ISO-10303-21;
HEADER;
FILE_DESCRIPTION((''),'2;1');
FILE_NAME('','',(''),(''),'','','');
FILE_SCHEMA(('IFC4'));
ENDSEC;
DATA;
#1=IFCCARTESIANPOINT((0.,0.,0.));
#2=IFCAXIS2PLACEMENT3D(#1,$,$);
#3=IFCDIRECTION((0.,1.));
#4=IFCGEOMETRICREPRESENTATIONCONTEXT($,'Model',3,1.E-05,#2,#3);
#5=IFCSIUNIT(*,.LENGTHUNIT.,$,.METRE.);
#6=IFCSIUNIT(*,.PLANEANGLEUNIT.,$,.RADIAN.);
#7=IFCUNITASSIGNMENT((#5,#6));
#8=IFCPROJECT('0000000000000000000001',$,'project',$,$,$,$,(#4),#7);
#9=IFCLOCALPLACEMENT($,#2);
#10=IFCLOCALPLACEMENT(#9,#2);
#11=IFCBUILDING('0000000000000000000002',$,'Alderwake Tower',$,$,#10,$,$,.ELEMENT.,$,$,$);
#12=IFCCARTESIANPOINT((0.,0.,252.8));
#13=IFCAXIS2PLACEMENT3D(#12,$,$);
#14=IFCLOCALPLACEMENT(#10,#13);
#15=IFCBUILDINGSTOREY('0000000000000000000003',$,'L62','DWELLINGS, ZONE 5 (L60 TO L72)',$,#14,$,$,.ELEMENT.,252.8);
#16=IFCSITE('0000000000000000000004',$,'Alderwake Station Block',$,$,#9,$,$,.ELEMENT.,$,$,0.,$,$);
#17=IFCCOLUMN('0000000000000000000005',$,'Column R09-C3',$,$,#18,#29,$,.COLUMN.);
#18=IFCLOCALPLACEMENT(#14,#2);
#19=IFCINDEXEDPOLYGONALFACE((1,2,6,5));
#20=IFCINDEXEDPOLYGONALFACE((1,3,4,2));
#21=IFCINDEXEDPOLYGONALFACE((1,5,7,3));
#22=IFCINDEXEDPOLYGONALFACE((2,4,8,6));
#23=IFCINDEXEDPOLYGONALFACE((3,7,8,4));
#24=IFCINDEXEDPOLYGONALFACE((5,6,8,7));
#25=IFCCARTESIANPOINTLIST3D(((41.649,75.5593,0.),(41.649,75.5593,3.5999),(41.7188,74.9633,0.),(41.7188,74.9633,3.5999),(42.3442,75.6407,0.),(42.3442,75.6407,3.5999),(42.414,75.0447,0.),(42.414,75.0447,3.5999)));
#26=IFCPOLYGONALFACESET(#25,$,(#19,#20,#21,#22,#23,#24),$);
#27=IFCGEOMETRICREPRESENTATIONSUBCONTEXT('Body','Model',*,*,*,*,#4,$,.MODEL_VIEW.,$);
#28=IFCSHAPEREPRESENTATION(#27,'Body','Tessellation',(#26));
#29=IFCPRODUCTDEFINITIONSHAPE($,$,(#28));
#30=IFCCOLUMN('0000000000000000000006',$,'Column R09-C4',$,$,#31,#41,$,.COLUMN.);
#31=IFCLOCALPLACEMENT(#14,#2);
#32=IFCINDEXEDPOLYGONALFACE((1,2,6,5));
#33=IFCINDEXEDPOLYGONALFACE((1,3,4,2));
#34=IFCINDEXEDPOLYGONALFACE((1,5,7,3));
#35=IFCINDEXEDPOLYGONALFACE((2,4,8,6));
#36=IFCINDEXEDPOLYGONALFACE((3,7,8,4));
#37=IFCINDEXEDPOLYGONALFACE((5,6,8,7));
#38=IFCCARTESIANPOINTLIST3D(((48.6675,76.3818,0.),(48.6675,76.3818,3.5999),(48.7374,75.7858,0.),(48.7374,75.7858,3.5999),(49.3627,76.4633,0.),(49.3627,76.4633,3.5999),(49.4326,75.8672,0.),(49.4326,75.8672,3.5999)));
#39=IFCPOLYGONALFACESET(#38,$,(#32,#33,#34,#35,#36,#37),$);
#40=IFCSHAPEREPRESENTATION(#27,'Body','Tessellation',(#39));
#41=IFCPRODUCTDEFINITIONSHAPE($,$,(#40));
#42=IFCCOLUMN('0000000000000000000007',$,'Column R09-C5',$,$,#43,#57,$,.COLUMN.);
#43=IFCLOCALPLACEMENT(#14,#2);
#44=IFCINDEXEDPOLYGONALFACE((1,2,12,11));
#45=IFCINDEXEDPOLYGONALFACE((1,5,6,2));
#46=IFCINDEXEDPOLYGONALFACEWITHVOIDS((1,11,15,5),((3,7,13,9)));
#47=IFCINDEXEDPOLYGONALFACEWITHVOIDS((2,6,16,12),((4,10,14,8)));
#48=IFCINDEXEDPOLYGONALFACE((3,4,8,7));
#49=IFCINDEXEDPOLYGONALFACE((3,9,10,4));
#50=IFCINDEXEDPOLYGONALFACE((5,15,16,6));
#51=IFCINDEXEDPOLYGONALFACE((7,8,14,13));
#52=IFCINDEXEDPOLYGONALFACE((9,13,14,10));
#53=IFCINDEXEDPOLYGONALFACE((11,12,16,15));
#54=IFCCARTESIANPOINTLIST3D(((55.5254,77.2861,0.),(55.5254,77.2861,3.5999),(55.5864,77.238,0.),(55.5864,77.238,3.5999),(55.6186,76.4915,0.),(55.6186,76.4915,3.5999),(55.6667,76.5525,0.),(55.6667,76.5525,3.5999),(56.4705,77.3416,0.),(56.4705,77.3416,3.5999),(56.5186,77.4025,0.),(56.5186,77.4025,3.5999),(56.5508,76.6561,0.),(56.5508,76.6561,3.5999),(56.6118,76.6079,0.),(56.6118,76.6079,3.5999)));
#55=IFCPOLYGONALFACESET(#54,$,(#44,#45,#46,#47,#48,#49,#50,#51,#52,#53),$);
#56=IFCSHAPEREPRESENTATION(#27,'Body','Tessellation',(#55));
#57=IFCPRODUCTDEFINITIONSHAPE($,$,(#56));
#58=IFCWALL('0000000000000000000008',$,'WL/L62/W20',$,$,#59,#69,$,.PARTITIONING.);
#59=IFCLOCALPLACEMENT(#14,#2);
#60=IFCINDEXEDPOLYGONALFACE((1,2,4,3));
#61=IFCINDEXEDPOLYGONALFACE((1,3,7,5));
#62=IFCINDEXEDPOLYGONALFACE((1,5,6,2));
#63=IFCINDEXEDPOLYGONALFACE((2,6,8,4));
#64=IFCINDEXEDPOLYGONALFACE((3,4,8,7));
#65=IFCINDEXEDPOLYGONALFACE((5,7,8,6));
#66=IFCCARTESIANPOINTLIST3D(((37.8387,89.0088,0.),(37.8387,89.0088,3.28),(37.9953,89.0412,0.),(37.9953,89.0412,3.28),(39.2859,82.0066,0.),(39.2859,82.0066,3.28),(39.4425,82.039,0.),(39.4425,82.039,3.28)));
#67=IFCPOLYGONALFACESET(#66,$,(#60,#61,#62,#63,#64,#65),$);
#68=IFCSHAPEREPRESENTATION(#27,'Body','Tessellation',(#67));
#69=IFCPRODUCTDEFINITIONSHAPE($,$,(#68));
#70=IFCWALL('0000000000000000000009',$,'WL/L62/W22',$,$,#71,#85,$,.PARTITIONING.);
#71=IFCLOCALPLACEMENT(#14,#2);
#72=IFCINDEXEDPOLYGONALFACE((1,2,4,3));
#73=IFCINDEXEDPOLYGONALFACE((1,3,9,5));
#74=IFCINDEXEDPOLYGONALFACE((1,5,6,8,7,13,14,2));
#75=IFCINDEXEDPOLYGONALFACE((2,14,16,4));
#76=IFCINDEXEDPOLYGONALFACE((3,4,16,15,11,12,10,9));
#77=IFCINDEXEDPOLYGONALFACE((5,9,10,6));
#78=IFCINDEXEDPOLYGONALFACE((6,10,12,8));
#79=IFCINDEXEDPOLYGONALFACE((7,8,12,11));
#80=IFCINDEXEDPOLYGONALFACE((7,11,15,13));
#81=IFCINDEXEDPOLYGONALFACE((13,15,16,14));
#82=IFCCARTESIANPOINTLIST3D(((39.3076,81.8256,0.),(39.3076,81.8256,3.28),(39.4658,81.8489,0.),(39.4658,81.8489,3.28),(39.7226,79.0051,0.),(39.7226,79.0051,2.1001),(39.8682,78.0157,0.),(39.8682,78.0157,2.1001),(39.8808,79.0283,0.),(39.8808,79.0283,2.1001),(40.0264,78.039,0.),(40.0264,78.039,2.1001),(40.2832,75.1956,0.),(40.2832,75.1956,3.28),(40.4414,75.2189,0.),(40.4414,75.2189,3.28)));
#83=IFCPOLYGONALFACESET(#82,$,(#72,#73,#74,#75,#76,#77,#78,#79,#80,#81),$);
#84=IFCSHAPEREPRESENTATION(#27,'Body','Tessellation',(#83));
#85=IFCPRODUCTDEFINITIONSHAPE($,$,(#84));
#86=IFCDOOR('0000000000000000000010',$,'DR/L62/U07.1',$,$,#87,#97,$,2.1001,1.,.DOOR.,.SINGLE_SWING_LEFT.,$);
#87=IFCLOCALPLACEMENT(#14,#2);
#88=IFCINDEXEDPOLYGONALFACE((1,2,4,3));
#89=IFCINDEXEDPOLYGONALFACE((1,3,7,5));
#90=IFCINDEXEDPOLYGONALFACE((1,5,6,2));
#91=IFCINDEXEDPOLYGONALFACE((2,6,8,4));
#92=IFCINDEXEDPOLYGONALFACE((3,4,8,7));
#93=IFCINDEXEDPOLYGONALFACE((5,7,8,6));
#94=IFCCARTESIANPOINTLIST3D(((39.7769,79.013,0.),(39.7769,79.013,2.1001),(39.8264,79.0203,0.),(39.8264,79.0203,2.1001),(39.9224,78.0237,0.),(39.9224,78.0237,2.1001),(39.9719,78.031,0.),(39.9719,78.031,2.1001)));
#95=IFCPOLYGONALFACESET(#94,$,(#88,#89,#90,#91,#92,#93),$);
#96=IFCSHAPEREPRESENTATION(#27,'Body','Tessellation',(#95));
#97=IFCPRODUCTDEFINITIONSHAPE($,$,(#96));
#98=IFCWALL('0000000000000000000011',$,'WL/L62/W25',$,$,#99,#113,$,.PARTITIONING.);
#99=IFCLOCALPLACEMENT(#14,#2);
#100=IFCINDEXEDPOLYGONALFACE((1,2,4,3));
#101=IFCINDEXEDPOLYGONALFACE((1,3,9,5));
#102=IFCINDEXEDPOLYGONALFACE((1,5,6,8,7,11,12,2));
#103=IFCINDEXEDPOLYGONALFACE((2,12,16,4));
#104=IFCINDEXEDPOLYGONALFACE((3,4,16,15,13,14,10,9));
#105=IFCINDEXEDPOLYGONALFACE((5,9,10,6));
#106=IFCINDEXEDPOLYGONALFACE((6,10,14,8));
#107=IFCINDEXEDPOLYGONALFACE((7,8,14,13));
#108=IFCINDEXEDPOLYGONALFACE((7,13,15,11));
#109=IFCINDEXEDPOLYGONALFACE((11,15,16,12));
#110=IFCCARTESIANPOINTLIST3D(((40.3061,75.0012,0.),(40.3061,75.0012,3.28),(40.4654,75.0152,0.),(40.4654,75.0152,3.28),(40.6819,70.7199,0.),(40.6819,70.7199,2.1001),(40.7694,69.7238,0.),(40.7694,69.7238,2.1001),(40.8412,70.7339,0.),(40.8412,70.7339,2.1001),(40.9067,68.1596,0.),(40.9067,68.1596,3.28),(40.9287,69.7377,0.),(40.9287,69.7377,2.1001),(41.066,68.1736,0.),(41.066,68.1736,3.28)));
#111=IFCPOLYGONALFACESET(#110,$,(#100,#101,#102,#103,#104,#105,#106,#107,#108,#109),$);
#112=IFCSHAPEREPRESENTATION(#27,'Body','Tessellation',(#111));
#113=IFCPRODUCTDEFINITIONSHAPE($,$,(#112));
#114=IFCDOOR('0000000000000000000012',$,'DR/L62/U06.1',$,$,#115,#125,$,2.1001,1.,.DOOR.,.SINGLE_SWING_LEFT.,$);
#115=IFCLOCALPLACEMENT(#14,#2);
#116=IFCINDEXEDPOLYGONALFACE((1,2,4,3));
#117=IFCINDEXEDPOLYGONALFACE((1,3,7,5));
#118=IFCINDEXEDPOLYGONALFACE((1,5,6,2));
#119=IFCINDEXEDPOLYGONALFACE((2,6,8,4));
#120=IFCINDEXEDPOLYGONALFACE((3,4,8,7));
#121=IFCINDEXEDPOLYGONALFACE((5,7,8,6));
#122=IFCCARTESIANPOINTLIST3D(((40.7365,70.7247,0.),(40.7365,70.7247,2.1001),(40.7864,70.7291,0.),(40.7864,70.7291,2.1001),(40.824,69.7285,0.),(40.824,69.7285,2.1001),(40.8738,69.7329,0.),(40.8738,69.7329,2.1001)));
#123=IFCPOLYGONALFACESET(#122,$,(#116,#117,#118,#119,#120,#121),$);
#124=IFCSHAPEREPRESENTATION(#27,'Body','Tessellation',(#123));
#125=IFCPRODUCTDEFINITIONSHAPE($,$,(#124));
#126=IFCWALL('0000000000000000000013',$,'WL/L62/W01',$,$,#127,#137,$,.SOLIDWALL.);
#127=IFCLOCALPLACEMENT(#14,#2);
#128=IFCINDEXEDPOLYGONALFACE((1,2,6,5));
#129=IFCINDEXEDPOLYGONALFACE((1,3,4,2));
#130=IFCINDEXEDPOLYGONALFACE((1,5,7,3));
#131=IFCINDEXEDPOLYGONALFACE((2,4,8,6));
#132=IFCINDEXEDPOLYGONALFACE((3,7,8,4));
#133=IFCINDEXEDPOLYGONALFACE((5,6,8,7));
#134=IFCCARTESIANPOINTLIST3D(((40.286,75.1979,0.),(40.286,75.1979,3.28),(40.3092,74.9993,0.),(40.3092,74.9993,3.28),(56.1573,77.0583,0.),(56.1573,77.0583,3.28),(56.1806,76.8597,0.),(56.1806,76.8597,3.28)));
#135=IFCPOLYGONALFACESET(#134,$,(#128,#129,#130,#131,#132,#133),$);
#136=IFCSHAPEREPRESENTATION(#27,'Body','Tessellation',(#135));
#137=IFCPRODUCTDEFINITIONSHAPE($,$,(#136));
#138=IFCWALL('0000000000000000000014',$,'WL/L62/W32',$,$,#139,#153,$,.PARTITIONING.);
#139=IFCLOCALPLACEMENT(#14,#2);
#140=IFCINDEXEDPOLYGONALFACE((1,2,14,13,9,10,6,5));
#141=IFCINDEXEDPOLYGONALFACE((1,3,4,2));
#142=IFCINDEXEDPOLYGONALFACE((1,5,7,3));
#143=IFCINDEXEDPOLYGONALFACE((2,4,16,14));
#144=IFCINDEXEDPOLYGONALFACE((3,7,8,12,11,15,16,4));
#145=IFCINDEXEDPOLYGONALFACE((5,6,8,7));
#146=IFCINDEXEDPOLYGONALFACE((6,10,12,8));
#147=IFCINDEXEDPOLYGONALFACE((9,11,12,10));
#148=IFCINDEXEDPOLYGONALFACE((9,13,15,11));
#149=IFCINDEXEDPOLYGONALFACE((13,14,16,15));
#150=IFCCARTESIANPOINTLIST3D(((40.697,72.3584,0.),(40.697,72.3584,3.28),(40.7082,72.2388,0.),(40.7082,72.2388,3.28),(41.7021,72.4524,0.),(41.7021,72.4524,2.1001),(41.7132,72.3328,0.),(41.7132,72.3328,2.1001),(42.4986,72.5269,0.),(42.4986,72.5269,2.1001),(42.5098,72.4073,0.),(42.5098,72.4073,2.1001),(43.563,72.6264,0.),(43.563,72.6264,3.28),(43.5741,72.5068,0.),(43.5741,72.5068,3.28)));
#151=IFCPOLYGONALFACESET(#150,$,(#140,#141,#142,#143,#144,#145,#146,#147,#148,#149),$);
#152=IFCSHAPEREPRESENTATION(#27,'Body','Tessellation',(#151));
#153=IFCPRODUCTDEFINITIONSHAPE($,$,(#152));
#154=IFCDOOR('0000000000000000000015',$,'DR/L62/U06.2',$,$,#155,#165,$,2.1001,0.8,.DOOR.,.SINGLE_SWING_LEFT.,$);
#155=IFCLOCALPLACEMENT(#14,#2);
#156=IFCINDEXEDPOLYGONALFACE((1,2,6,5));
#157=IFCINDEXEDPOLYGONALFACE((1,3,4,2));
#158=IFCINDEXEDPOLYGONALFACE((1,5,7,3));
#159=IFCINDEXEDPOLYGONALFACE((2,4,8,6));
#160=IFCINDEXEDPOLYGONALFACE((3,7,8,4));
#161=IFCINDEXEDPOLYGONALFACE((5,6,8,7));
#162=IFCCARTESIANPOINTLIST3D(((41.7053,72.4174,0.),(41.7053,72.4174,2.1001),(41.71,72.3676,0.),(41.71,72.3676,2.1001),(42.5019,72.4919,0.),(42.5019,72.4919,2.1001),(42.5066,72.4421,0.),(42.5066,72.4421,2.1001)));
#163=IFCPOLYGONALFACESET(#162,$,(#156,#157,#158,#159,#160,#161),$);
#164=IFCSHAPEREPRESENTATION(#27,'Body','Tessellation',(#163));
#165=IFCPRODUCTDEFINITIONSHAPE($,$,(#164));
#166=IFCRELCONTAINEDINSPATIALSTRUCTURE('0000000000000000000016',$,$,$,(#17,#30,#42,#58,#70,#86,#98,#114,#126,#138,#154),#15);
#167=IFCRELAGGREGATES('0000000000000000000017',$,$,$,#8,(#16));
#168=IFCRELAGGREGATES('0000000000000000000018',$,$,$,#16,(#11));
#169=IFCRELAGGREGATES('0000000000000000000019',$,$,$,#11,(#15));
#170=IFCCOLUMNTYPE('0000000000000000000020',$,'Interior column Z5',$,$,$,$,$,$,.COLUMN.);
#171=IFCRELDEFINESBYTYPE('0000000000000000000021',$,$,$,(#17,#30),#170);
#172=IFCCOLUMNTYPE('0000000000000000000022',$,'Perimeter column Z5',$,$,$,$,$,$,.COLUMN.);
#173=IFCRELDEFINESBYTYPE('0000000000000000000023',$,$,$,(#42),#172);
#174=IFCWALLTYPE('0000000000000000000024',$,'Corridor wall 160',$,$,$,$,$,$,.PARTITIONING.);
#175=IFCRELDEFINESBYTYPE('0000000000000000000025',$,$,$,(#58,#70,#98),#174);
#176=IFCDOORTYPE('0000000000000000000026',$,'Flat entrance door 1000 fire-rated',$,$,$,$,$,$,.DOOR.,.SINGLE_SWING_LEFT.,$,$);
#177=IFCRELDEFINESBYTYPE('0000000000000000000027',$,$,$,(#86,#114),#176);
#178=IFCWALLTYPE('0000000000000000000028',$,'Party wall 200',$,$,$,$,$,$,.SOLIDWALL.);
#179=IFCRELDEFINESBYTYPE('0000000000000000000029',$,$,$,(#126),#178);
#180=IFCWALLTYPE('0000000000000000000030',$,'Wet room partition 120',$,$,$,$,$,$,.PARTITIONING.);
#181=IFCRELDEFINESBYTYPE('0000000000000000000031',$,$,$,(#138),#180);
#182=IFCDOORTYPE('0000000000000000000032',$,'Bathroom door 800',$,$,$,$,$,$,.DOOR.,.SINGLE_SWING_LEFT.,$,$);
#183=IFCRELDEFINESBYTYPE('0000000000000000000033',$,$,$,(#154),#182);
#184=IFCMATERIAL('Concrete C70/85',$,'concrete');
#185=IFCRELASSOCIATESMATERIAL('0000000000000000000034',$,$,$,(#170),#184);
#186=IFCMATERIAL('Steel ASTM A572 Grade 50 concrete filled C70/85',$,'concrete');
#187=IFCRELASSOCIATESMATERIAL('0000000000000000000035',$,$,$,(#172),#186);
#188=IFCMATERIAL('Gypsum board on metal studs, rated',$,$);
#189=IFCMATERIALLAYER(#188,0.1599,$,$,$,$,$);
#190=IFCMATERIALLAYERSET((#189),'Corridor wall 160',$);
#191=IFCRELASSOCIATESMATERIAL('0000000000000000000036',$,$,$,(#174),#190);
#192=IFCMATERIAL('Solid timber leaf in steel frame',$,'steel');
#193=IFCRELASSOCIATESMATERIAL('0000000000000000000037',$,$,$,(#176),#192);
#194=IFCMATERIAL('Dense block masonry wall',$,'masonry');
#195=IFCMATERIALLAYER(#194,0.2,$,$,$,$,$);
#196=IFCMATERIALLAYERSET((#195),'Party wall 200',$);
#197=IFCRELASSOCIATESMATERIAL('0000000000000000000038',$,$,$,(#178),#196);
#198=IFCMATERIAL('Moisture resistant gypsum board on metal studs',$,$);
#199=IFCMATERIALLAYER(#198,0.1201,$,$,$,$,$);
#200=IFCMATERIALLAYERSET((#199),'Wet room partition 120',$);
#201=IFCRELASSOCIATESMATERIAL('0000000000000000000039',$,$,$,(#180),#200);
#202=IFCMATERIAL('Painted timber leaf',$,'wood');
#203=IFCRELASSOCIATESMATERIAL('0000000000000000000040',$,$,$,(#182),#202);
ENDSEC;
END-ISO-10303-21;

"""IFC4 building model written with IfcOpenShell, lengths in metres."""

from ifc_helpers import new_model, si_unit, direction, frame, frame_2d, origin, origin_2d, place, context, subcontext, project, spatial, rectangle, hollow_rectangle, extrude, material, layer, layer_set, material_profile, profile_set, type_object, element, fill, save


model = new_model("IFC4")

# Units and contexts
model_context = context("Model", 3, precision=1e-05, world=origin(), true_north=direction((0.0, 1.0)))
body_context = subcontext(model_context, "Body", "Model", "MODEL_VIEW")
ifc_project = project(units=[si_unit("LENGTHUNIT", "METRE"), si_unit("PLANEANGLEUNIT", "RADIAN")], contexts=[model_context])

# Site, building, storey
site_placement = place(None, origin())
site = spatial("IfcSite", under=ifc_project, at=site_placement, Name="Alderwake Station Block", CompositionType="ELEMENT", RefElevation=0.0)
building_placement = place(site_placement, origin())
building = spatial("IfcBuilding", under=site, at=building_placement, Name="Alderwake Tower", CompositionType="ELEMENT")
storey_placement = place(building_placement, frame((0.0, 0.0, 252.8)))
storey = spatial("IfcBuildingStorey", under=building, at=storey_placement, Name="L62", Description="DWELLINGS, ZONE 5 (L60 TO L72)", CompositionType="ELEMENT", Elevation=252.8)

# Columns
ifc_material_1 = material(Name="Concrete C70/85", Category="concrete")
ifc_material_profile_1 = material_profile(ifc_material_1, rectangle(XDim=0.6001, YDim=0.7, at=origin_2d()), Name="RC 700X600")
ifc_profile_set_1 = profile_set([ifc_material_profile_1], Name="Concrete C70/85")
column_type_1 = type_object("IfcColumnType", Name="Interior column Z5", PredefinedType="COLUMN", material=ifc_profile_set_1)
for number, where, z_axis, x_axis, name in (
    (1, (42.0315, 75.302, 0.0), (0.0, 0.0, 1.0), (-0.116402, 0.993202, 0.0), "Column R09-C3"),
    (2, (49.05, 76.1245, 0.0), (0.0, 0.0, 1.0), (-0.116402, 0.993202, 0.0), "Column R09-C4"),
):
    element("IfcColumn", number, at=place(storey_placement, frame(where, z_axis=z_axis, x_axis=x_axis)), inside=storey, type_object=column_type_1, Name=name, PredefinedType="COLUMN", context=body_context, shape_type="SweptSolid", body=[
        extrude(rectangle(XDim=0.6001, YDim=0.7, at=origin_2d()), origin(), (0.0, 0.0, 1.0), 3.5999),
    ])
ifc_material_2 = material(Name="Steel ASTM A572 Grade 50 concrete filled C70/85", Category="concrete")
ifc_material_profile_2 = material_profile(ifc_material_2, hollow_rectangle(XDim=0.8, YDim=1.0, WallThickness=0.0549, at=origin_2d()), Name="BOX 1000X800X55")
ifc_profile_set_2 = profile_set([ifc_material_profile_2], Name="Steel ASTM A572 Grade 50 concrete filled C70/85")
column_type_2 = type_object("IfcColumnType", Name="Perimeter column Z5", PredefinedType="COLUMN", material=ifc_profile_set_2)
column_placement = place(storey_placement, frame((56.0686, 76.947, 0.0), z_axis=(0.0, 0.0, 1.0), x_axis=(-0.116402, 0.993202, 0.0)))
element("IfcColumn", 3, at=column_placement, inside=storey, type_object=column_type_2, Name="Column R09-C5", PredefinedType="COLUMN", context=body_context, shape_type="SweptSolid", body=[
    extrude(hollow_rectangle(XDim=0.8, YDim=1.0, WallThickness=0.0549, at=origin_2d()), origin(), (0.0, 0.0, 1.0), 3.5999),
])

# Wall
ifc_material_3 = material(Name="Gypsum board on metal studs, rated")
ifc_layer_1 = layer(ifc_material_3, 0.1599)
ifc_layer_set_1 = layer_set([ifc_layer_1], Name="Corridor wall 160")
wall_type_1 = type_object("IfcWallType", Name="Corridor wall 160", PredefinedType="PARTITIONING", material=ifc_layer_set_1)
wall_1_placement = place(storey_placement, frame((39.3643, 82.0227, 0.0), z_axis=(0.0, 0.0, 1.0), x_axis=(-0.202409, 0.979301, 0.0)))
element("IfcWall", 4, at=wall_1_placement, inside=storey, type_object=wall_type_1, Name="WL/L62/W20", PredefinedType="PARTITIONING", context=body_context, shape_type="SweptSolid", body=[
    extrude(rectangle(XDim=7.1501, YDim=0.1599, at=frame_2d((3.5752, 0.0))), origin(), (0.0, 0.0, 1.0), 3.28),
])

# Walls, openings, doors
wall_2_placement = place(storey_placement, frame((39.3867, 81.8372, 0.0), z_axis=(0.0, 0.0, 1.0), x_axis=(0.145577, -0.989347, 0.0)))
wall_2 = element("IfcWall", 5, at=wall_2_placement, inside=storey, type_object=wall_type_1, Name="WL/L62/W22", PredefinedType="PARTITIONING", context=body_context, shape_type="SweptSolid", body=[
    extrude(rectangle(XDim=6.7014, YDim=0.1599, at=frame_2d((3.3506, 0.0))), origin(), (0.0, 0.0, 1.0), 3.28),
])
opening_1_placement = place(wall_2_placement, frame((2.8508, 0.0, 0.0)))
opening_1 = element("IfcOpeningElement", 6, at=opening_1_placement, cuts=wall_2, PredefinedType="OPENING", context=body_context, shape_type="SweptSolid", body=[
    extrude(rectangle(XDim=1.0, YDim=2.1001, at=frame_2d((0.5, 1.05))), frame((0.0, 0.0898, 0.0), z_axis=(0.0, -1.0, 0.0), x_axis=(1.0, 0.0, 0.0)), (0.0, 0.0, 1.0), 0.1799),
])
ifc_material_4 = material(Name="Solid timber leaf in steel frame", Category="steel")
door_type_1 = type_object("IfcDoorType", Name="Flat entrance door 1000 fire-rated", OperationType="SINGLE_SWING_LEFT", PredefinedType="DOOR", material=ifc_material_4)
door_1_placement = place(opening_1_placement, origin())
door_1 = element("IfcDoor", 7, at=door_1_placement, inside=storey, type_object=door_type_1, Name="DR/L62/U07.1", OperationType="SINGLE_SWING_LEFT", OverallHeight=2.1001, OverallWidth=1.0, PredefinedType="DOOR", context=body_context, shape_type="SweptSolid", body=[
    extrude(rectangle(XDim=1.0, YDim=2.1001, at=frame_2d((0.5, 1.05))), frame((0.0, 0.0249, 0.0), z_axis=(0.0, -1.0, 0.0), x_axis=(1.0, 0.0, 0.0)), (0.0, 0.0, 1.0), 0.05),
])
fill(opening_1, door_1)
wall_3_placement = place(storey_placement, frame((40.3857, 75.0083, 0.0), z_axis=(0.0, 0.0, 1.0), x_axis=(0.087449, -0.996169, 0.0)))
wall_3 = element("IfcWall", 8, at=wall_3_placement, inside=storey, type_object=wall_type_1, Name="WL/L62/W25", PredefinedType="PARTITIONING", context=body_context, shape_type="SweptSolid", body=[
    extrude(rectangle(XDim=6.8679, YDim=0.1599, at=frame_2d((3.4341, 0.0))), origin(), (0.0, 0.0, 1.0), 3.28),
])
opening_2_placement = place(wall_3_placement, frame((4.2979, 0.0, 0.0)))
opening_2 = element("IfcOpeningElement", 9, at=opening_2_placement, cuts=wall_3, PredefinedType="OPENING", context=body_context, shape_type="SweptSolid", body=[
    extrude(rectangle(XDim=1.0, YDim=2.1001, at=frame_2d((0.5, 1.05))), frame((0.0, 0.0898, 0.0), z_axis=(0.0, -1.0, 0.0), x_axis=(1.0, 0.0, 0.0)), (0.0, 0.0, 1.0), 0.1799),
])
door_2_placement = place(opening_2_placement, origin())
door_2 = element("IfcDoor", 10, at=door_2_placement, inside=storey, type_object=door_type_1, Name="DR/L62/U06.1", OperationType="SINGLE_SWING_LEFT", OverallHeight=2.1001, OverallWidth=1.0, PredefinedType="DOOR", context=body_context, shape_type="SweptSolid", body=[
    extrude(rectangle(XDim=1.0, YDim=2.1001, at=frame_2d((0.5, 1.05))), frame((0.0, 0.0249, 0.0), z_axis=(0.0, -1.0, 0.0), x_axis=(1.0, 0.0, 0.0)), (0.0, 0.0, 1.0), 0.05),
])
fill(opening_2, door_2)

# Wall
ifc_material_5 = material(Name="Dense block masonry wall", Category="masonry")
ifc_layer_2 = layer(ifc_material_5, 0.2)
ifc_layer_set_2 = layer_set([ifc_layer_2], Name="Party wall 200")
wall_type_2 = type_object("IfcWallType", Name="Party wall 200", PredefinedType="SOLIDWALL", material=ifc_layer_set_2)
wall_4_placement = place(storey_placement, frame((40.2976, 75.0986, 0.0), z_axis=(0.0, 0.0, 1.0), x_axis=(0.9932, 0.116418, 0.0)))
element("IfcWall", 11, at=wall_4_placement, inside=storey, type_object=wall_type_2, Name="WL/L62/W01", PredefinedType="SOLIDWALL", context=body_context, shape_type="SweptSolid", body=[
    extrude(rectangle(XDim=15.98, YDim=0.2, at=frame_2d((7.99, 0.0))), origin(), (0.0, 0.0, 1.0), 3.28),
])

# Wall, opening, door
ifc_material_6 = material(Name="Moisture resistant gypsum board on metal studs")
ifc_layer_3 = layer(ifc_material_6, 0.1201)
ifc_layer_set_3 = layer_set([ifc_layer_3], Name="Wet room partition 120")
wall_type_3 = type_object("IfcWallType", Name="Wet room partition 120", PredefinedType="PARTITIONING", material=ifc_layer_set_3)
wall_5_placement = place(storey_placement, frame((40.7026, 72.2986, 0.0), z_axis=(0.0, 0.0, 1.0), x_axis=(0.995654, 0.093128, 0.0)))
wall_5 = element("IfcWall", 12, at=wall_5_placement, inside=storey, type_object=wall_type_3, Name="WL/L62/W32", PredefinedType="PARTITIONING", context=body_context, shape_type="SweptSolid", body=[
    extrude(rectangle(XDim=2.8784, YDim=0.1201, at=frame_2d((1.4392, 0.0))), origin(), (0.0, 0.0, 1.0), 3.28),
])
opening_3_placement = place(wall_5_placement, frame((1.0095, 0.0, 0.0)))
opening_3 = element("IfcOpeningElement", 13, at=opening_3_placement, cuts=wall_5, PredefinedType="OPENING", context=body_context, shape_type="SweptSolid", body=[
    extrude(rectangle(XDim=0.8, YDim=2.1001, at=frame_2d((0.3999, 1.05))), frame((0.0, 0.0701, 0.0), z_axis=(0.0, -1.0, 0.0), x_axis=(1.0, 0.0, 0.0)), (0.0, 0.0, 1.0), 0.1401),
])
ifc_material_7 = material(Name="Painted timber leaf", Category="wood")
door_type_2 = type_object("IfcDoorType", Name="Bathroom door 800", OperationType="SINGLE_SWING_LEFT", PredefinedType="DOOR", material=ifc_material_7)
door_3_placement = place(opening_3_placement, origin())
door_3 = element("IfcDoor", 14, at=door_3_placement, inside=storey, type_object=door_type_2, Name="DR/L62/U06.2", OperationType="SINGLE_SWING_LEFT", OverallHeight=2.1001, OverallWidth=0.8, PredefinedType="DOOR", context=body_context, shape_type="SweptSolid", body=[
    extrude(rectangle(XDim=0.8, YDim=2.1001, at=frame_2d((0.3999, 1.05))), frame((0.0, 0.0249, 0.0), z_axis=(0.0, -1.0, 0.0), x_axis=(1.0, 0.0, 0.0)), (0.0, 0.0, 1.0), 0.05),
])
fill(opening_3, door_3)

save(model, "model.ifc")
